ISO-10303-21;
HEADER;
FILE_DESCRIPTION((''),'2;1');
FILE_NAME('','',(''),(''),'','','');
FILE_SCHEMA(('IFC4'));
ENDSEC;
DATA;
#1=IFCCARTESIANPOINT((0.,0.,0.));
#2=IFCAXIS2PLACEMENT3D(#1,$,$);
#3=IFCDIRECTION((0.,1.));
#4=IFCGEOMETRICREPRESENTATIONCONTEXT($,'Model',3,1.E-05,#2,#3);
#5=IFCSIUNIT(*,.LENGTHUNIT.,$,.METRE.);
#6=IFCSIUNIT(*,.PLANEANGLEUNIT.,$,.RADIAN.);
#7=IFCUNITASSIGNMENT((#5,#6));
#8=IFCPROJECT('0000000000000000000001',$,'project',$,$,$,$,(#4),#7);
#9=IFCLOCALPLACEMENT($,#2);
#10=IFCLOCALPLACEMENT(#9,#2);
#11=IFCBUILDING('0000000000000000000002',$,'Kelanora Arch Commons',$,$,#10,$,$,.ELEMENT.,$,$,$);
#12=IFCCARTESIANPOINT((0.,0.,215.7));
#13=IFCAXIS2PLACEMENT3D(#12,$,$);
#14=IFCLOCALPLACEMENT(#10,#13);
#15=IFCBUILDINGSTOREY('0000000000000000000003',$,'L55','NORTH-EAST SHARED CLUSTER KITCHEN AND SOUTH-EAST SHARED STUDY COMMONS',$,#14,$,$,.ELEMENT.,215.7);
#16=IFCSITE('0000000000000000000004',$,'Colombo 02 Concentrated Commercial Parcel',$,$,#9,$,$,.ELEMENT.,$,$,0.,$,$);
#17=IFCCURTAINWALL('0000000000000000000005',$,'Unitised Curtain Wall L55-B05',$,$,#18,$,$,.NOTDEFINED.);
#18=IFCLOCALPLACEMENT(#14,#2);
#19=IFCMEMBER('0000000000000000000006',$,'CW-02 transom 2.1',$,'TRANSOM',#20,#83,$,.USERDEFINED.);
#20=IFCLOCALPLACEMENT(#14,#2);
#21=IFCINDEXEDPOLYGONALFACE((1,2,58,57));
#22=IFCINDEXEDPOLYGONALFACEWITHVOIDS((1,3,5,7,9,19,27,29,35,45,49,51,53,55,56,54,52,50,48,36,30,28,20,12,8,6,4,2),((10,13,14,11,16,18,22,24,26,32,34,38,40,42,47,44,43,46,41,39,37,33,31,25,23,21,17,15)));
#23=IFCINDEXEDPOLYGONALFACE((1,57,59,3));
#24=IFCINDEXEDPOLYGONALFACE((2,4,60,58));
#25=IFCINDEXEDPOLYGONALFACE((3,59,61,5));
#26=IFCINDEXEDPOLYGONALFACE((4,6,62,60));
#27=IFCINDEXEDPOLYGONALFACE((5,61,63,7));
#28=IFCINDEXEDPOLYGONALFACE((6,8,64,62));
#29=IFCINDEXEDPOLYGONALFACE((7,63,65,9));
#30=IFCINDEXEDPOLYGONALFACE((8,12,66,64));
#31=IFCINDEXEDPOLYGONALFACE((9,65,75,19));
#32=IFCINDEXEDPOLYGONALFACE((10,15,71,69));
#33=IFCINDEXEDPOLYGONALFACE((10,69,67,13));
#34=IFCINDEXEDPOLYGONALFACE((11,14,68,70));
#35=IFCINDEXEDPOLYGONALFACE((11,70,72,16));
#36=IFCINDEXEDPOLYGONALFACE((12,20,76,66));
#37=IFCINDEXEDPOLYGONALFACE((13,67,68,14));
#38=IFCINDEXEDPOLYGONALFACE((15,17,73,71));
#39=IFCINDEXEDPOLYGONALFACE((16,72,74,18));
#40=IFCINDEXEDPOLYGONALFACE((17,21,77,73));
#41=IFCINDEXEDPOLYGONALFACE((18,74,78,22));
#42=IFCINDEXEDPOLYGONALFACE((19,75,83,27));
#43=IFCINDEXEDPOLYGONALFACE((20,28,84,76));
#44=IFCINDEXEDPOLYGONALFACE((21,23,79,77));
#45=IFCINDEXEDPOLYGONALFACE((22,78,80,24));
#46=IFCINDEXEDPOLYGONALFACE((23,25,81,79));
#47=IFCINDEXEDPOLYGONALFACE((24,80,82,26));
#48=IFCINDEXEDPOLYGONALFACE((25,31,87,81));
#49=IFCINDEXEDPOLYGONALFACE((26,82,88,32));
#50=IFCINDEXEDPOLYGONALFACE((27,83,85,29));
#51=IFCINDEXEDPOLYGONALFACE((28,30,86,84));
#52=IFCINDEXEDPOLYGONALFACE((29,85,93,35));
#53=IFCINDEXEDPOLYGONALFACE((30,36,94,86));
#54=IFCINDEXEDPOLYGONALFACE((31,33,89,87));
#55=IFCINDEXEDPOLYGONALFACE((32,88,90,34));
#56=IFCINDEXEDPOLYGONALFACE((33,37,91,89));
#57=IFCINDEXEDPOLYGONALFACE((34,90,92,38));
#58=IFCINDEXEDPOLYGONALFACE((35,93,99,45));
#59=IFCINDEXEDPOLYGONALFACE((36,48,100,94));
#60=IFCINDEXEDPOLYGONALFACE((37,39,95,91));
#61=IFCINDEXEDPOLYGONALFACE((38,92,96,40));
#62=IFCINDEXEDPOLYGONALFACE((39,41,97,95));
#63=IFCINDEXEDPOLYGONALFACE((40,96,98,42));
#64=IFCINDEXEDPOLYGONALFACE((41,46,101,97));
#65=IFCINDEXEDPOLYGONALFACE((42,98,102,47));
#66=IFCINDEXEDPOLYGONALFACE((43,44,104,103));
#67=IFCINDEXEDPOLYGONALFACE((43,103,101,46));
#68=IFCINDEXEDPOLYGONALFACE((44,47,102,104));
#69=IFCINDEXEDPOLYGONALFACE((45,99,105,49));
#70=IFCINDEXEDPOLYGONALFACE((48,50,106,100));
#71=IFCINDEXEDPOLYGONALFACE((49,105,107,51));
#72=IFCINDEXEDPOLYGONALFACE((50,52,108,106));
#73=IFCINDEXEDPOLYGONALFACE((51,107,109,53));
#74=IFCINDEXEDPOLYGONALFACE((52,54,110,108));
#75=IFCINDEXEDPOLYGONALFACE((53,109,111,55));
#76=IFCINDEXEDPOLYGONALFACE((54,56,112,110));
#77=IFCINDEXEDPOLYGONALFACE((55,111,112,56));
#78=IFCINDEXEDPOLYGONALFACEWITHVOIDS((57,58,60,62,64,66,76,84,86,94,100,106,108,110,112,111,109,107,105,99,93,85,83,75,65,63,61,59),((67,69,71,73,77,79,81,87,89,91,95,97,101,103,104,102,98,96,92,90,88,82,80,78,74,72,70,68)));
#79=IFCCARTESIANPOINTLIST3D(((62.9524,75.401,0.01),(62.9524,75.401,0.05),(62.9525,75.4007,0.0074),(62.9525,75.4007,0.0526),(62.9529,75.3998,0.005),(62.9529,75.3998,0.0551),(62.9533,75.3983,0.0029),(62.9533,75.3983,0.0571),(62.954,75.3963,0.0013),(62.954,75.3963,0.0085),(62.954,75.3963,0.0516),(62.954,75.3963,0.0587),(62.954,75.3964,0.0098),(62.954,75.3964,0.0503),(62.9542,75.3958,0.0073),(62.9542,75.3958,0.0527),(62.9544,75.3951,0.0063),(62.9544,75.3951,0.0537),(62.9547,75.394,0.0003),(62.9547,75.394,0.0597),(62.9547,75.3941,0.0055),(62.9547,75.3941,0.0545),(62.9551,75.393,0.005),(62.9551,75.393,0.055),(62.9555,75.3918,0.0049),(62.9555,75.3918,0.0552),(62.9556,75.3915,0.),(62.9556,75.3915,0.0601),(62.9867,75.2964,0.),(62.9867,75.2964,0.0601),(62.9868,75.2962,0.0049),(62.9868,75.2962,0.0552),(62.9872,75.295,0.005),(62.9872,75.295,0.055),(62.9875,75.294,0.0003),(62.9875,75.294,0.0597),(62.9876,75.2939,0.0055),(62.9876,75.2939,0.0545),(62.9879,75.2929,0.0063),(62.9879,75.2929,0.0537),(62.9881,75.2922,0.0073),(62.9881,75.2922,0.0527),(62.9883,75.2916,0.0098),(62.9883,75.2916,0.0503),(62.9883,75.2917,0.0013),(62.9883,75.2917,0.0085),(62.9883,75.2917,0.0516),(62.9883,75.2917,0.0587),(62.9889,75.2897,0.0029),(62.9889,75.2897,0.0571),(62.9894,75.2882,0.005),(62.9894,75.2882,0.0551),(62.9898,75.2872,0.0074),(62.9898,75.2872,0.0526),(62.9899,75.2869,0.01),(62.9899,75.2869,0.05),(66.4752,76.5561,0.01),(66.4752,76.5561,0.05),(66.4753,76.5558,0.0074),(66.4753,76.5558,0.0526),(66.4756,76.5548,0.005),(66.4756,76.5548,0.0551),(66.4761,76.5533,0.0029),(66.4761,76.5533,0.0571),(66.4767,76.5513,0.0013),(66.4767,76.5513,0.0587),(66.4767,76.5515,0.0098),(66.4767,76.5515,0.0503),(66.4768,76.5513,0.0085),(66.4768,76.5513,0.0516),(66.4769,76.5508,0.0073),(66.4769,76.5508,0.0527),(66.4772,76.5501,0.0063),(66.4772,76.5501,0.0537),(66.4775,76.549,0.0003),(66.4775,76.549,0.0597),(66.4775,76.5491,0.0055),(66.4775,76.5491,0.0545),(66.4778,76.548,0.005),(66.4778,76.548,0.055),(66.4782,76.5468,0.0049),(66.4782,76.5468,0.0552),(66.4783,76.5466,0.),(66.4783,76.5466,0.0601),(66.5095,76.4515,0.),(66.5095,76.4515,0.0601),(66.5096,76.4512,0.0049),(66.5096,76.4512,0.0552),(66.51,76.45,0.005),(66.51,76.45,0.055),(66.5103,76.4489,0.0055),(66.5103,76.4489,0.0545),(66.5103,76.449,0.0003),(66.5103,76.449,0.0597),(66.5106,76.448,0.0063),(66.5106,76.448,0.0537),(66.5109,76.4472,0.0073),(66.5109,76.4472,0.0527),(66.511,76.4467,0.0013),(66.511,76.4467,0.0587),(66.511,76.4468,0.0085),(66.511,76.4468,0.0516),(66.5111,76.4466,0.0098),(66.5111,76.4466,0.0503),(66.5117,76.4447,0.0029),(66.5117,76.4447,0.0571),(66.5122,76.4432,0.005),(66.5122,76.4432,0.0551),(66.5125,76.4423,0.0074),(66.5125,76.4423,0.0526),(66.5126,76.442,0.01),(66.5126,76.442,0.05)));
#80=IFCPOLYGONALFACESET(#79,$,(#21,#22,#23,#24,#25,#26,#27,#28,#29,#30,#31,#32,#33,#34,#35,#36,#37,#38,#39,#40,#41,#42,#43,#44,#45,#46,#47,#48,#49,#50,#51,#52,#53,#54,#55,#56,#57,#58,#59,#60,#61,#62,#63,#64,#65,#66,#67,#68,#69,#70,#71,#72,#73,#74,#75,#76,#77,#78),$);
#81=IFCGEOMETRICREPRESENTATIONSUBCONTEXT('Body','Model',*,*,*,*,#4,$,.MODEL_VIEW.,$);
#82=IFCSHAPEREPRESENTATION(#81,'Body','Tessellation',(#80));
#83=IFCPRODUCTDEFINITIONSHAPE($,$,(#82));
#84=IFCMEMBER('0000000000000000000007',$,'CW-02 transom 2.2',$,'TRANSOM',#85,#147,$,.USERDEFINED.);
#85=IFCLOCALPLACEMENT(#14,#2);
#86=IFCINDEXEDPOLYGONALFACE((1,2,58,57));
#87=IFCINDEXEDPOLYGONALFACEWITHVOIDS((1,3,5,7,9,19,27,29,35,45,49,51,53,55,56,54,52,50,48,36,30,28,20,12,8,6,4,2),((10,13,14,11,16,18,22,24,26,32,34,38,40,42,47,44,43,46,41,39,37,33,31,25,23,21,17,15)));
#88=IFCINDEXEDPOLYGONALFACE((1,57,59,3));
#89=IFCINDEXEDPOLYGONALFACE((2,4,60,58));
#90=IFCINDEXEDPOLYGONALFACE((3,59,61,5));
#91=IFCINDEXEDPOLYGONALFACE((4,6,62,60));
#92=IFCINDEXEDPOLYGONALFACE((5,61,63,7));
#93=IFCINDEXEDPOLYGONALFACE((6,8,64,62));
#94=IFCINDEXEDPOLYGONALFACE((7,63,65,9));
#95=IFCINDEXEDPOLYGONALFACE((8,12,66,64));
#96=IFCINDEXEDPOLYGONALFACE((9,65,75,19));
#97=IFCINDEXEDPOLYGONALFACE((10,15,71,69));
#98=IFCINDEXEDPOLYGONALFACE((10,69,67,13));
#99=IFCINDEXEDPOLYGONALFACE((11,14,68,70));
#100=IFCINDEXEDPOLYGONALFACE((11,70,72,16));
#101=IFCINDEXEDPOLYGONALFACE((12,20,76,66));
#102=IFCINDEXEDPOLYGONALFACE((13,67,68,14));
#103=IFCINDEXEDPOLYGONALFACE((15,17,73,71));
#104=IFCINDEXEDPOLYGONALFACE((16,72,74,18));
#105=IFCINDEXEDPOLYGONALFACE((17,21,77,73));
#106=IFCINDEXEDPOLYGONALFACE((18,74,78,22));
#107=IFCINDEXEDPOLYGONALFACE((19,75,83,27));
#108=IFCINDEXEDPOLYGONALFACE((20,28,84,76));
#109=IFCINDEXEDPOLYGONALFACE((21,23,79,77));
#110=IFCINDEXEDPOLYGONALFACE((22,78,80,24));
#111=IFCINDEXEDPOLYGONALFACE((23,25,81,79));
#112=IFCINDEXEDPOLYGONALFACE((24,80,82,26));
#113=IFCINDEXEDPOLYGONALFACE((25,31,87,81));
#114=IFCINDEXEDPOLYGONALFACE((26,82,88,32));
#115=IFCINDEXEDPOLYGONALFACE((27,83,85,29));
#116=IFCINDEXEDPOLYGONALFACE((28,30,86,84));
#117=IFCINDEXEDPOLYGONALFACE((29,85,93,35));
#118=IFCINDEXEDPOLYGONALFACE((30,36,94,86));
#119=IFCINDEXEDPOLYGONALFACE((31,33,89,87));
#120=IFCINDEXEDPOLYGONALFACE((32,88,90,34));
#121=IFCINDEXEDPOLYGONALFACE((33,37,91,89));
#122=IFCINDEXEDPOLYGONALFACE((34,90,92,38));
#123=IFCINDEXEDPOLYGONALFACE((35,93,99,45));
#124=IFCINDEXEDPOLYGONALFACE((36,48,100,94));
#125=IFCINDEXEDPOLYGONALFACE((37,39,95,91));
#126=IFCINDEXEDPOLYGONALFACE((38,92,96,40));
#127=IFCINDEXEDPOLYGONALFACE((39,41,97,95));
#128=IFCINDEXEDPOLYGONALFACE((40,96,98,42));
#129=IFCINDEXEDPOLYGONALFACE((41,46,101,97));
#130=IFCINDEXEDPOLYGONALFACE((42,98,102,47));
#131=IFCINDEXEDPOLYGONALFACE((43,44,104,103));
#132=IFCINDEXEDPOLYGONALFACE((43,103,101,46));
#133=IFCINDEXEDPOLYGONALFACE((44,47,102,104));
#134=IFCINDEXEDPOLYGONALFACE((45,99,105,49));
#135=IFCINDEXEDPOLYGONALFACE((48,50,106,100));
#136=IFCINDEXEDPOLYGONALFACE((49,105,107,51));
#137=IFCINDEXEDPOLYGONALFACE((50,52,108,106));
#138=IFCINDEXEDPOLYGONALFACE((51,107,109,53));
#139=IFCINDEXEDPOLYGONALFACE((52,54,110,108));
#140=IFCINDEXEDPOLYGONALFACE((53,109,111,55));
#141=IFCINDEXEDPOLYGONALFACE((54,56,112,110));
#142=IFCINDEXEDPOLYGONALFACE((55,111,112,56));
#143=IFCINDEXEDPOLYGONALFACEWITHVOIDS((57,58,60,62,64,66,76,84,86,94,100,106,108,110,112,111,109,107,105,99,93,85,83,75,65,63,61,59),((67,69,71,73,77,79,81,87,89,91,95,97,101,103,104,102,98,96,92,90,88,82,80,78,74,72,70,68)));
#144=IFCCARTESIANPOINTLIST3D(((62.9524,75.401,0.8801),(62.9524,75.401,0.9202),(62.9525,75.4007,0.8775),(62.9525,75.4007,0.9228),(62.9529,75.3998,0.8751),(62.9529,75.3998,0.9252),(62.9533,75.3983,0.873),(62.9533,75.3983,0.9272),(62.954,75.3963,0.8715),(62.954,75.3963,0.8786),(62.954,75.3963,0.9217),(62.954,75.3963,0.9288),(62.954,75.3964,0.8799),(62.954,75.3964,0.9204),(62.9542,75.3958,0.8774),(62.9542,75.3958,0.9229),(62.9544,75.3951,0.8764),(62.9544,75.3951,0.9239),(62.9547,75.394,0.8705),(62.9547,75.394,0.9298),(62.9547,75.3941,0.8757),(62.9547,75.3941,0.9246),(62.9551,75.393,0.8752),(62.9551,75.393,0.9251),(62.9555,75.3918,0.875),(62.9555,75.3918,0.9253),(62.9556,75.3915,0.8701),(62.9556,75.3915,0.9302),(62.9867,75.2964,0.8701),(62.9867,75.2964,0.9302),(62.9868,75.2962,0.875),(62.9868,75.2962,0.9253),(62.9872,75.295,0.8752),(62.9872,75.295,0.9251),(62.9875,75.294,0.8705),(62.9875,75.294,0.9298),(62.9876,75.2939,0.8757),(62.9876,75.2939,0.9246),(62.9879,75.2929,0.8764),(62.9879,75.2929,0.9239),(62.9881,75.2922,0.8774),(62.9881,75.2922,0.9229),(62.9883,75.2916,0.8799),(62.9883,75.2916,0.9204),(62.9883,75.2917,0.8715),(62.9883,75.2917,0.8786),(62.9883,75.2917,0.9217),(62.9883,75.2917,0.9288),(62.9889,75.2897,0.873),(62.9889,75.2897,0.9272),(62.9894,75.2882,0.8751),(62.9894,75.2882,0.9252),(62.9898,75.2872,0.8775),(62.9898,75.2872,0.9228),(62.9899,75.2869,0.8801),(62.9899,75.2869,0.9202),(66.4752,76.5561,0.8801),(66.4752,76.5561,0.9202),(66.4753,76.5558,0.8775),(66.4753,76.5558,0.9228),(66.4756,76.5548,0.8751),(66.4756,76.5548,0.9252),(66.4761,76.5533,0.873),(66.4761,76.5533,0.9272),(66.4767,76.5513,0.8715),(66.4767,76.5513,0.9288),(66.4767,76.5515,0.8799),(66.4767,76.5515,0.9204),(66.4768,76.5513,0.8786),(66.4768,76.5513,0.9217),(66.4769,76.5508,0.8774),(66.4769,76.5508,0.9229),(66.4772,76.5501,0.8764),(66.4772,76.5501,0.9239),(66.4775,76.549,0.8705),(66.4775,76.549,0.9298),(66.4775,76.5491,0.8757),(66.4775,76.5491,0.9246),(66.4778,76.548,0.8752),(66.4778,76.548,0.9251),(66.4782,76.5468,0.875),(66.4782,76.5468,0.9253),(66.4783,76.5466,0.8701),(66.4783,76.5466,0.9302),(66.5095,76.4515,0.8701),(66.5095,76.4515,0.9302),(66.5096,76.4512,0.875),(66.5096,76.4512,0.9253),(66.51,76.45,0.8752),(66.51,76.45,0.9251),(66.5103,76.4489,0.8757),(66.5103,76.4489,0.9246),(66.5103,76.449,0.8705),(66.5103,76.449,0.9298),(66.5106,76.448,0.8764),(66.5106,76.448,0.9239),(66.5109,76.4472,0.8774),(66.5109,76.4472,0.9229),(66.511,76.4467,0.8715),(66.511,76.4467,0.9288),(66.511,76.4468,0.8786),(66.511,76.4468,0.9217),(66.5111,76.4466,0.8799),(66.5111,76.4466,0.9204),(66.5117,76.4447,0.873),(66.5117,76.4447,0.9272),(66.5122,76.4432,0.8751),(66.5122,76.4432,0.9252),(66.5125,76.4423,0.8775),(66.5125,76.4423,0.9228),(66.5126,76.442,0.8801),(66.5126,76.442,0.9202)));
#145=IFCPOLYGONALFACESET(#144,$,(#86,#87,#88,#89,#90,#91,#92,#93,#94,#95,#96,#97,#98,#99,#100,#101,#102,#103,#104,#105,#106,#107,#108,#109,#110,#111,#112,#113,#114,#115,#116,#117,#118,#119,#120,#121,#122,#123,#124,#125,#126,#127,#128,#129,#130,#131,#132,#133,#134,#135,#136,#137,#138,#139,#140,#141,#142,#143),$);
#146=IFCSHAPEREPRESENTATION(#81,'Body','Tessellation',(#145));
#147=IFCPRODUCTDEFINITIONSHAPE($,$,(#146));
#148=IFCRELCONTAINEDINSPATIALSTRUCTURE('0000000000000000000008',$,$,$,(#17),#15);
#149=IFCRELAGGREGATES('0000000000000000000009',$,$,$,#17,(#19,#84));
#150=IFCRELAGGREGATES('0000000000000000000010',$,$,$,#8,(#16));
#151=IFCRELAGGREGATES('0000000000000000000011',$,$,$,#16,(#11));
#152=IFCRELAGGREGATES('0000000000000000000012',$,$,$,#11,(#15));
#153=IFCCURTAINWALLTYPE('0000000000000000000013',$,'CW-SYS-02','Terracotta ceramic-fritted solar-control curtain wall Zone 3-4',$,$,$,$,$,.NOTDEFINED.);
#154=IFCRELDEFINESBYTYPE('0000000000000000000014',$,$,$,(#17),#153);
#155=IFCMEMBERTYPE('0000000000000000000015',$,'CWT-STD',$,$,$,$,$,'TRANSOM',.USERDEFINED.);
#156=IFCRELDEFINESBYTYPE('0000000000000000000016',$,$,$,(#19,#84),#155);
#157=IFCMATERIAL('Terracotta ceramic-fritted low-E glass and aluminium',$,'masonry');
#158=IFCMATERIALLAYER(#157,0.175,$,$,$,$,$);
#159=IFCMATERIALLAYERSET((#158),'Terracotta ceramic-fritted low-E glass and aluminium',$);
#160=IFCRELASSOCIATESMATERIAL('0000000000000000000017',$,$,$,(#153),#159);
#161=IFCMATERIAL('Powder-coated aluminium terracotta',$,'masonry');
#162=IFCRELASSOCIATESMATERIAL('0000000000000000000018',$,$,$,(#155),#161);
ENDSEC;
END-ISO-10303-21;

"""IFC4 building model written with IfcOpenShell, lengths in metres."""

from ifc_helpers import new_model, si_unit, direction, frame, origin, origin_2d, place, context, subcontext, project, spatial, hollow_rectangle, extrude, material, layer, layer_set, material_profile, profile_set, type_object, element, aggregate, save


model = new_model("IFC4")

# Units and contexts
model_context = context("Model", 3, precision=1e-05, world=origin(), true_north=direction((0.0, 1.0)))
body_context = subcontext(model_context, "Body", "Model", "MODEL_VIEW")
ifc_project = project(units=[si_unit("LENGTHUNIT", "METRE"), si_unit("PLANEANGLEUNIT", "RADIAN")], contexts=[model_context])

# Site, building, storey
site_placement = place(None, origin())
site = spatial("IfcSite", under=ifc_project, at=site_placement, Name="Colombo 02 Concentrated Commercial Parcel", CompositionType="ELEMENT", RefElevation=0.0)
building_placement = place(site_placement, origin())
building = spatial("IfcBuilding", under=site, at=building_placement, Name="Kelanora Arch Commons", CompositionType="ELEMENT")
storey_placement = place(building_placement, frame((0.0, 0.0, 215.7)))
storey = spatial("IfcBuildingStorey", under=building, at=storey_placement, Name="L55", Description="NORTH-EAST SHARED CLUSTER KITCHEN AND SOUTH-EAST SHARED STUDY COMMONS", CompositionType="ELEMENT", Elevation=215.7)

# Curtain wall, members
ifc_material_1 = material(Name="Terracotta ceramic-fritted low-E glass and aluminium", Category="masonry")
ifc_layer_1 = layer(ifc_material_1, 0.175)
ifc_layer_set_1 = layer_set([ifc_layer_1], Name="Terracotta ceramic-fritted low-E glass and aluminium")
curtain_wall_type = type_object("IfcCurtainWallType", Name="CW-SYS-02", Description="Terracotta ceramic-fritted solar-control curtain wall Zone 3-4", PredefinedType="NOTDEFINED", material=ifc_layer_set_1)
curtain_wall_placement = place(storey_placement, origin())
curtain_wall = element("IfcCurtainWall", 1, at=curtain_wall_placement, inside=storey, type_object=curtain_wall_type, Name="Unitised Curtain Wall L55-B05", PredefinedType="NOTDEFINED")
ifc_material_2 = material(Name="Powder-coated aluminium terracotta", Category="masonry")
ifc_material_profile_1 = material_profile(ifc_material_2, hollow_rectangle(XDim=0.1201, YDim=0.0601, WallThickness=0.0049, InnerFilletRadius=0.0049, OuterFilletRadius=0.01, at=origin_2d()), Name="CWT120x60")
ifc_profile_set_1 = profile_set([ifc_material_profile_1], Name="Powder-coated aluminium terracotta")
member_type_1 = type_object("IfcMemberType", Name="CWT-STD", ElementType="TRANSOM", PredefinedType="USERDEFINED", material=ifc_profile_set_1)
member_1_placement = place(storey_placement, frame((66.4939, 76.499, 0.03), z_axis=(-0.950226, -0.311561, 0.0), x_axis=(0.311561, -0.950226, 0.0)))
member_1 = element("IfcMember", 2, at=member_1_placement, type_object=member_type_1, Name="CW-02 transom 2.1", ObjectType="TRANSOM", PredefinedType="USERDEFINED", context=body_context, shape_type="SweptSolid", body=[
    extrude(hollow_rectangle(XDim=0.1201, YDim=0.0601, WallThickness=0.0049, InnerFilletRadius=0.0049, OuterFilletRadius=0.01, at=origin_2d()), origin(), (0.0, 0.0, 1.0), 3.7073),
])
member_2_placement = place(storey_placement, frame((66.4939, 76.499, 0.9001), z_axis=(-0.950226, -0.311561, 0.0), x_axis=(0.311561, -0.950226, 0.0)))
member_2 = element("IfcMember", 3, at=member_2_placement, type_object=member_type_1, Name="CW-02 transom 2.2", ObjectType="TRANSOM", PredefinedType="USERDEFINED", context=body_context, shape_type="SweptSolid", body=[
    extrude(hollow_rectangle(XDim=0.1201, YDim=0.0601, WallThickness=0.0049, InnerFilletRadius=0.0049, OuterFilletRadius=0.01, at=origin_2d()), origin(), (0.0, 0.0, 1.0), 3.7073),
])
aggregate(curtain_wall, [member_1, member_2])

save(model, "model.ifc")
